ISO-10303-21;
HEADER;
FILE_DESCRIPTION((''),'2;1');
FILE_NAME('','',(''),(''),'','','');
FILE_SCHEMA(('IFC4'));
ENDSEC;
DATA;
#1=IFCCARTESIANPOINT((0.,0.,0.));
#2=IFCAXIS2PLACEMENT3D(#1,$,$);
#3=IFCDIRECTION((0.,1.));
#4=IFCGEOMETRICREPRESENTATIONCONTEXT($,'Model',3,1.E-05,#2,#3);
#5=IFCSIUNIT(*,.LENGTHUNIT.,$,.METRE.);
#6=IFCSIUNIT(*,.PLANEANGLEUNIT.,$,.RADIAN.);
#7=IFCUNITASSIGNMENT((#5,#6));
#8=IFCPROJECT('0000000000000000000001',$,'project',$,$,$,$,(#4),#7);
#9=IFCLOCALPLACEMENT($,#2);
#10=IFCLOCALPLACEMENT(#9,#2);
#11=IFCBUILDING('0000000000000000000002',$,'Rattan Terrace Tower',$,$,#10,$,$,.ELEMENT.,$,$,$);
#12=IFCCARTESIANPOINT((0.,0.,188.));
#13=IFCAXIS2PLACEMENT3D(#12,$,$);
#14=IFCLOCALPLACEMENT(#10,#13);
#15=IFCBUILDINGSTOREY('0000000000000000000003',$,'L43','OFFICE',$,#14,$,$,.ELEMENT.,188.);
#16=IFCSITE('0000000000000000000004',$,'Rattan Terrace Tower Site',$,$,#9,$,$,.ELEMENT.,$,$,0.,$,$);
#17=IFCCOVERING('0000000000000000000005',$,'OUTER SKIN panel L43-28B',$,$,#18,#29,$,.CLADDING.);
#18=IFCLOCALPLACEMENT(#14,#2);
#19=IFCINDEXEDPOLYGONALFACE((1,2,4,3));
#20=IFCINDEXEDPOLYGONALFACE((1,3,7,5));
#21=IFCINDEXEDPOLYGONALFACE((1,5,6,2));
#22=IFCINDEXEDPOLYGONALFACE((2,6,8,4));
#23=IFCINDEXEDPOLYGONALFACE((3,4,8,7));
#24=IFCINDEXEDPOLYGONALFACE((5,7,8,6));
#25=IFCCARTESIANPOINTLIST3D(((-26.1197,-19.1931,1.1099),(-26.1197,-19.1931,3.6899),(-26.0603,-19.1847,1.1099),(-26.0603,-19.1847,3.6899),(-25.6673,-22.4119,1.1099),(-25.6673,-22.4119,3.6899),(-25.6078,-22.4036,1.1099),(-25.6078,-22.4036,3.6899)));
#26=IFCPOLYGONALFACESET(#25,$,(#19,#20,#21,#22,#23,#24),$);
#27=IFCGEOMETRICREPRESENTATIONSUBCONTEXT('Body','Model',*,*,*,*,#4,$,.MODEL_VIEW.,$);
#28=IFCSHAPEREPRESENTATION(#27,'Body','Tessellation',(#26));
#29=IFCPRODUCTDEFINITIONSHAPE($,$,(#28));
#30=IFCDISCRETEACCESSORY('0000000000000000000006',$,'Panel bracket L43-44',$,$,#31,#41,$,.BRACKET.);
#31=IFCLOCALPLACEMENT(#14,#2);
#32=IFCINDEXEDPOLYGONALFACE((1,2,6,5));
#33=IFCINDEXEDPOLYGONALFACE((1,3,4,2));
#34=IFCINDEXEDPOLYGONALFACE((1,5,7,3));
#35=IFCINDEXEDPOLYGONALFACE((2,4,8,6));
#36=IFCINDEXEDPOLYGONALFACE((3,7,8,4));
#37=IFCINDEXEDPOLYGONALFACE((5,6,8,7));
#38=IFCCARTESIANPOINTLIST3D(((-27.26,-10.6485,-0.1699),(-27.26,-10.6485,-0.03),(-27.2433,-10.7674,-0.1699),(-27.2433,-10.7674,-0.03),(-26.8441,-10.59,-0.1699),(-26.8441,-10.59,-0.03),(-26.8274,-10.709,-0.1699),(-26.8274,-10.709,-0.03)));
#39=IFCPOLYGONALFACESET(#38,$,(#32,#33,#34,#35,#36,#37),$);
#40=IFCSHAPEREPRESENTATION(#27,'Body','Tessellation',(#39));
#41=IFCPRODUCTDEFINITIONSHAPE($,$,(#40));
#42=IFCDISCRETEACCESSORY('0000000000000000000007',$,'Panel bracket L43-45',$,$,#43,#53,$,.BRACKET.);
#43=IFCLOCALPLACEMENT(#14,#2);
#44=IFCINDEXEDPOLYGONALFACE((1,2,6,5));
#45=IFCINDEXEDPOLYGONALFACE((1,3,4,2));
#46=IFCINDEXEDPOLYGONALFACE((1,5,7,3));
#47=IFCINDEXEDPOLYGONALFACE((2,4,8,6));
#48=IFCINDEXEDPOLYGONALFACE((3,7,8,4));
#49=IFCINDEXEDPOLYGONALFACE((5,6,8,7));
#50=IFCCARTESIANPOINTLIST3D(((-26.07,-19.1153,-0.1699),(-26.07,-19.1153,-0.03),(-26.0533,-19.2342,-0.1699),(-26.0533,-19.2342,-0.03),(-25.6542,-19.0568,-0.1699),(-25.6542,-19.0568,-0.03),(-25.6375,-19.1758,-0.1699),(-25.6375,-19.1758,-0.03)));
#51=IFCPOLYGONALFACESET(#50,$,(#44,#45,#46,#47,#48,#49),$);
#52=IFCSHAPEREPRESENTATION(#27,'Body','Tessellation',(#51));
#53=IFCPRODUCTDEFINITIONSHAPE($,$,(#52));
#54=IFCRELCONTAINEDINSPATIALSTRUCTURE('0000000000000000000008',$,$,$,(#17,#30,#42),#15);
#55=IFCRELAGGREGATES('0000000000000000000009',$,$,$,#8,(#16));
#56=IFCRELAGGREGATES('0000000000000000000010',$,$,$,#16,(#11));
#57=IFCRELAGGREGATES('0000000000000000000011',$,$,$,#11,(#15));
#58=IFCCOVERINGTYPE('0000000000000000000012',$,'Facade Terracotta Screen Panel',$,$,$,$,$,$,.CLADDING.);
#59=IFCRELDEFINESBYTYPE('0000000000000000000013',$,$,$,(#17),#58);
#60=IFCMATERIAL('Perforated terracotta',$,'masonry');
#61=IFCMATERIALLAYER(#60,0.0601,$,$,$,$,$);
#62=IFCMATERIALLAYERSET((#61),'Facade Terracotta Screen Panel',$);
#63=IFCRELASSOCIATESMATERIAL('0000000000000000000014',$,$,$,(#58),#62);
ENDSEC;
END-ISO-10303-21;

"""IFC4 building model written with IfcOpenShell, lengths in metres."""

from ifc_helpers import new_model, si_unit, direction, frame, origin, origin_2d, place, context, subcontext, project, spatial, rectangle, extrude, material, layer, layer_set, type_object, element, save


model = new_model("IFC4")

# Units and contexts
model_context = context("Model", 3, precision=1e-05, world=origin(), true_north=direction((0.0, 1.0)))
body_context = subcontext(model_context, "Body", "Model", "MODEL_VIEW")
ifc_project = project(units=[si_unit("LENGTHUNIT", "METRE"), si_unit("PLANEANGLEUNIT", "RADIAN")], contexts=[model_context])

# Site, building, storey
site_placement = place(None, origin())
site = spatial("IfcSite", under=ifc_project, at=site_placement, Name="Rattan Terrace Tower Site", CompositionType="ELEMENT", RefElevation=0.0)
building_placement = place(site_placement, origin())
building = spatial("IfcBuilding", under=site, at=building_placement, Name="Rattan Terrace Tower", CompositionType="ELEMENT")
storey_placement = place(building_placement, frame((0.0, 0.0, 188.0)))
storey = spatial("IfcBuildingStorey", under=building, at=storey_placement, Name="L43", Description="OFFICE", CompositionType="ELEMENT", Elevation=188.0)

# Covering
ifc_material_1 = material(Name="Perforated terracotta", Category="masonry")
ifc_layer_1 = layer(ifc_material_1, 0.0601)
ifc_layer_set_1 = layer_set([ifc_layer_1], Name="Facade Terracotta Screen Panel")
covering_type_1 = type_object("IfcCoveringType", Name="Facade Terracotta Screen Panel", PredefinedType="CLADDING", material=ifc_layer_set_1)
covering_1_placement = place(storey_placement, frame((-25.8638, -20.7983, 1.1099), z_axis=(0.0, 0.0, 1.0), x_axis=(0.139191, -0.990266, 0.0)))
element("IfcCovering", 1, at=covering_1_placement, inside=storey, type_object=covering_type_1, Name="OUTER SKIN panel L43-28B", PredefinedType="CLADDING", context=body_context, shape_type="SweptSolid", body=[
    extrude(rectangle(XDim=3.2505, YDim=0.0601, at=origin_2d()), origin(), (0.0, 0.0, 1.0), 2.5801),
])

# Discrete accessories
for number, where, z_axis, x_axis, name in (
    (2, (-27.0437, -10.6787, -0.1699), (0.0, 0.0, 1.0), (0.139191, -0.990266, 0.0), "Panel bracket L43-44"),
    (3, (-25.8538, -19.1455, -0.1699), (0.0, 0.0, 1.0), (0.139191, -0.990266, 0.0), "Panel bracket L43-45"),
):
    element("IfcDiscreteAccessory", number, at=place(storey_placement, frame(where, z_axis=z_axis, x_axis=x_axis)), inside=storey, Name=name, PredefinedType="BRACKET", context=body_context, shape_type="SweptSolid", body=[
        extrude(rectangle(XDim=0.1201, YDim=0.4199, at=origin_2d()), origin(), (0.0, 0.0, 1.0), 0.1399),
    ])

save(model, "model.ifc")
